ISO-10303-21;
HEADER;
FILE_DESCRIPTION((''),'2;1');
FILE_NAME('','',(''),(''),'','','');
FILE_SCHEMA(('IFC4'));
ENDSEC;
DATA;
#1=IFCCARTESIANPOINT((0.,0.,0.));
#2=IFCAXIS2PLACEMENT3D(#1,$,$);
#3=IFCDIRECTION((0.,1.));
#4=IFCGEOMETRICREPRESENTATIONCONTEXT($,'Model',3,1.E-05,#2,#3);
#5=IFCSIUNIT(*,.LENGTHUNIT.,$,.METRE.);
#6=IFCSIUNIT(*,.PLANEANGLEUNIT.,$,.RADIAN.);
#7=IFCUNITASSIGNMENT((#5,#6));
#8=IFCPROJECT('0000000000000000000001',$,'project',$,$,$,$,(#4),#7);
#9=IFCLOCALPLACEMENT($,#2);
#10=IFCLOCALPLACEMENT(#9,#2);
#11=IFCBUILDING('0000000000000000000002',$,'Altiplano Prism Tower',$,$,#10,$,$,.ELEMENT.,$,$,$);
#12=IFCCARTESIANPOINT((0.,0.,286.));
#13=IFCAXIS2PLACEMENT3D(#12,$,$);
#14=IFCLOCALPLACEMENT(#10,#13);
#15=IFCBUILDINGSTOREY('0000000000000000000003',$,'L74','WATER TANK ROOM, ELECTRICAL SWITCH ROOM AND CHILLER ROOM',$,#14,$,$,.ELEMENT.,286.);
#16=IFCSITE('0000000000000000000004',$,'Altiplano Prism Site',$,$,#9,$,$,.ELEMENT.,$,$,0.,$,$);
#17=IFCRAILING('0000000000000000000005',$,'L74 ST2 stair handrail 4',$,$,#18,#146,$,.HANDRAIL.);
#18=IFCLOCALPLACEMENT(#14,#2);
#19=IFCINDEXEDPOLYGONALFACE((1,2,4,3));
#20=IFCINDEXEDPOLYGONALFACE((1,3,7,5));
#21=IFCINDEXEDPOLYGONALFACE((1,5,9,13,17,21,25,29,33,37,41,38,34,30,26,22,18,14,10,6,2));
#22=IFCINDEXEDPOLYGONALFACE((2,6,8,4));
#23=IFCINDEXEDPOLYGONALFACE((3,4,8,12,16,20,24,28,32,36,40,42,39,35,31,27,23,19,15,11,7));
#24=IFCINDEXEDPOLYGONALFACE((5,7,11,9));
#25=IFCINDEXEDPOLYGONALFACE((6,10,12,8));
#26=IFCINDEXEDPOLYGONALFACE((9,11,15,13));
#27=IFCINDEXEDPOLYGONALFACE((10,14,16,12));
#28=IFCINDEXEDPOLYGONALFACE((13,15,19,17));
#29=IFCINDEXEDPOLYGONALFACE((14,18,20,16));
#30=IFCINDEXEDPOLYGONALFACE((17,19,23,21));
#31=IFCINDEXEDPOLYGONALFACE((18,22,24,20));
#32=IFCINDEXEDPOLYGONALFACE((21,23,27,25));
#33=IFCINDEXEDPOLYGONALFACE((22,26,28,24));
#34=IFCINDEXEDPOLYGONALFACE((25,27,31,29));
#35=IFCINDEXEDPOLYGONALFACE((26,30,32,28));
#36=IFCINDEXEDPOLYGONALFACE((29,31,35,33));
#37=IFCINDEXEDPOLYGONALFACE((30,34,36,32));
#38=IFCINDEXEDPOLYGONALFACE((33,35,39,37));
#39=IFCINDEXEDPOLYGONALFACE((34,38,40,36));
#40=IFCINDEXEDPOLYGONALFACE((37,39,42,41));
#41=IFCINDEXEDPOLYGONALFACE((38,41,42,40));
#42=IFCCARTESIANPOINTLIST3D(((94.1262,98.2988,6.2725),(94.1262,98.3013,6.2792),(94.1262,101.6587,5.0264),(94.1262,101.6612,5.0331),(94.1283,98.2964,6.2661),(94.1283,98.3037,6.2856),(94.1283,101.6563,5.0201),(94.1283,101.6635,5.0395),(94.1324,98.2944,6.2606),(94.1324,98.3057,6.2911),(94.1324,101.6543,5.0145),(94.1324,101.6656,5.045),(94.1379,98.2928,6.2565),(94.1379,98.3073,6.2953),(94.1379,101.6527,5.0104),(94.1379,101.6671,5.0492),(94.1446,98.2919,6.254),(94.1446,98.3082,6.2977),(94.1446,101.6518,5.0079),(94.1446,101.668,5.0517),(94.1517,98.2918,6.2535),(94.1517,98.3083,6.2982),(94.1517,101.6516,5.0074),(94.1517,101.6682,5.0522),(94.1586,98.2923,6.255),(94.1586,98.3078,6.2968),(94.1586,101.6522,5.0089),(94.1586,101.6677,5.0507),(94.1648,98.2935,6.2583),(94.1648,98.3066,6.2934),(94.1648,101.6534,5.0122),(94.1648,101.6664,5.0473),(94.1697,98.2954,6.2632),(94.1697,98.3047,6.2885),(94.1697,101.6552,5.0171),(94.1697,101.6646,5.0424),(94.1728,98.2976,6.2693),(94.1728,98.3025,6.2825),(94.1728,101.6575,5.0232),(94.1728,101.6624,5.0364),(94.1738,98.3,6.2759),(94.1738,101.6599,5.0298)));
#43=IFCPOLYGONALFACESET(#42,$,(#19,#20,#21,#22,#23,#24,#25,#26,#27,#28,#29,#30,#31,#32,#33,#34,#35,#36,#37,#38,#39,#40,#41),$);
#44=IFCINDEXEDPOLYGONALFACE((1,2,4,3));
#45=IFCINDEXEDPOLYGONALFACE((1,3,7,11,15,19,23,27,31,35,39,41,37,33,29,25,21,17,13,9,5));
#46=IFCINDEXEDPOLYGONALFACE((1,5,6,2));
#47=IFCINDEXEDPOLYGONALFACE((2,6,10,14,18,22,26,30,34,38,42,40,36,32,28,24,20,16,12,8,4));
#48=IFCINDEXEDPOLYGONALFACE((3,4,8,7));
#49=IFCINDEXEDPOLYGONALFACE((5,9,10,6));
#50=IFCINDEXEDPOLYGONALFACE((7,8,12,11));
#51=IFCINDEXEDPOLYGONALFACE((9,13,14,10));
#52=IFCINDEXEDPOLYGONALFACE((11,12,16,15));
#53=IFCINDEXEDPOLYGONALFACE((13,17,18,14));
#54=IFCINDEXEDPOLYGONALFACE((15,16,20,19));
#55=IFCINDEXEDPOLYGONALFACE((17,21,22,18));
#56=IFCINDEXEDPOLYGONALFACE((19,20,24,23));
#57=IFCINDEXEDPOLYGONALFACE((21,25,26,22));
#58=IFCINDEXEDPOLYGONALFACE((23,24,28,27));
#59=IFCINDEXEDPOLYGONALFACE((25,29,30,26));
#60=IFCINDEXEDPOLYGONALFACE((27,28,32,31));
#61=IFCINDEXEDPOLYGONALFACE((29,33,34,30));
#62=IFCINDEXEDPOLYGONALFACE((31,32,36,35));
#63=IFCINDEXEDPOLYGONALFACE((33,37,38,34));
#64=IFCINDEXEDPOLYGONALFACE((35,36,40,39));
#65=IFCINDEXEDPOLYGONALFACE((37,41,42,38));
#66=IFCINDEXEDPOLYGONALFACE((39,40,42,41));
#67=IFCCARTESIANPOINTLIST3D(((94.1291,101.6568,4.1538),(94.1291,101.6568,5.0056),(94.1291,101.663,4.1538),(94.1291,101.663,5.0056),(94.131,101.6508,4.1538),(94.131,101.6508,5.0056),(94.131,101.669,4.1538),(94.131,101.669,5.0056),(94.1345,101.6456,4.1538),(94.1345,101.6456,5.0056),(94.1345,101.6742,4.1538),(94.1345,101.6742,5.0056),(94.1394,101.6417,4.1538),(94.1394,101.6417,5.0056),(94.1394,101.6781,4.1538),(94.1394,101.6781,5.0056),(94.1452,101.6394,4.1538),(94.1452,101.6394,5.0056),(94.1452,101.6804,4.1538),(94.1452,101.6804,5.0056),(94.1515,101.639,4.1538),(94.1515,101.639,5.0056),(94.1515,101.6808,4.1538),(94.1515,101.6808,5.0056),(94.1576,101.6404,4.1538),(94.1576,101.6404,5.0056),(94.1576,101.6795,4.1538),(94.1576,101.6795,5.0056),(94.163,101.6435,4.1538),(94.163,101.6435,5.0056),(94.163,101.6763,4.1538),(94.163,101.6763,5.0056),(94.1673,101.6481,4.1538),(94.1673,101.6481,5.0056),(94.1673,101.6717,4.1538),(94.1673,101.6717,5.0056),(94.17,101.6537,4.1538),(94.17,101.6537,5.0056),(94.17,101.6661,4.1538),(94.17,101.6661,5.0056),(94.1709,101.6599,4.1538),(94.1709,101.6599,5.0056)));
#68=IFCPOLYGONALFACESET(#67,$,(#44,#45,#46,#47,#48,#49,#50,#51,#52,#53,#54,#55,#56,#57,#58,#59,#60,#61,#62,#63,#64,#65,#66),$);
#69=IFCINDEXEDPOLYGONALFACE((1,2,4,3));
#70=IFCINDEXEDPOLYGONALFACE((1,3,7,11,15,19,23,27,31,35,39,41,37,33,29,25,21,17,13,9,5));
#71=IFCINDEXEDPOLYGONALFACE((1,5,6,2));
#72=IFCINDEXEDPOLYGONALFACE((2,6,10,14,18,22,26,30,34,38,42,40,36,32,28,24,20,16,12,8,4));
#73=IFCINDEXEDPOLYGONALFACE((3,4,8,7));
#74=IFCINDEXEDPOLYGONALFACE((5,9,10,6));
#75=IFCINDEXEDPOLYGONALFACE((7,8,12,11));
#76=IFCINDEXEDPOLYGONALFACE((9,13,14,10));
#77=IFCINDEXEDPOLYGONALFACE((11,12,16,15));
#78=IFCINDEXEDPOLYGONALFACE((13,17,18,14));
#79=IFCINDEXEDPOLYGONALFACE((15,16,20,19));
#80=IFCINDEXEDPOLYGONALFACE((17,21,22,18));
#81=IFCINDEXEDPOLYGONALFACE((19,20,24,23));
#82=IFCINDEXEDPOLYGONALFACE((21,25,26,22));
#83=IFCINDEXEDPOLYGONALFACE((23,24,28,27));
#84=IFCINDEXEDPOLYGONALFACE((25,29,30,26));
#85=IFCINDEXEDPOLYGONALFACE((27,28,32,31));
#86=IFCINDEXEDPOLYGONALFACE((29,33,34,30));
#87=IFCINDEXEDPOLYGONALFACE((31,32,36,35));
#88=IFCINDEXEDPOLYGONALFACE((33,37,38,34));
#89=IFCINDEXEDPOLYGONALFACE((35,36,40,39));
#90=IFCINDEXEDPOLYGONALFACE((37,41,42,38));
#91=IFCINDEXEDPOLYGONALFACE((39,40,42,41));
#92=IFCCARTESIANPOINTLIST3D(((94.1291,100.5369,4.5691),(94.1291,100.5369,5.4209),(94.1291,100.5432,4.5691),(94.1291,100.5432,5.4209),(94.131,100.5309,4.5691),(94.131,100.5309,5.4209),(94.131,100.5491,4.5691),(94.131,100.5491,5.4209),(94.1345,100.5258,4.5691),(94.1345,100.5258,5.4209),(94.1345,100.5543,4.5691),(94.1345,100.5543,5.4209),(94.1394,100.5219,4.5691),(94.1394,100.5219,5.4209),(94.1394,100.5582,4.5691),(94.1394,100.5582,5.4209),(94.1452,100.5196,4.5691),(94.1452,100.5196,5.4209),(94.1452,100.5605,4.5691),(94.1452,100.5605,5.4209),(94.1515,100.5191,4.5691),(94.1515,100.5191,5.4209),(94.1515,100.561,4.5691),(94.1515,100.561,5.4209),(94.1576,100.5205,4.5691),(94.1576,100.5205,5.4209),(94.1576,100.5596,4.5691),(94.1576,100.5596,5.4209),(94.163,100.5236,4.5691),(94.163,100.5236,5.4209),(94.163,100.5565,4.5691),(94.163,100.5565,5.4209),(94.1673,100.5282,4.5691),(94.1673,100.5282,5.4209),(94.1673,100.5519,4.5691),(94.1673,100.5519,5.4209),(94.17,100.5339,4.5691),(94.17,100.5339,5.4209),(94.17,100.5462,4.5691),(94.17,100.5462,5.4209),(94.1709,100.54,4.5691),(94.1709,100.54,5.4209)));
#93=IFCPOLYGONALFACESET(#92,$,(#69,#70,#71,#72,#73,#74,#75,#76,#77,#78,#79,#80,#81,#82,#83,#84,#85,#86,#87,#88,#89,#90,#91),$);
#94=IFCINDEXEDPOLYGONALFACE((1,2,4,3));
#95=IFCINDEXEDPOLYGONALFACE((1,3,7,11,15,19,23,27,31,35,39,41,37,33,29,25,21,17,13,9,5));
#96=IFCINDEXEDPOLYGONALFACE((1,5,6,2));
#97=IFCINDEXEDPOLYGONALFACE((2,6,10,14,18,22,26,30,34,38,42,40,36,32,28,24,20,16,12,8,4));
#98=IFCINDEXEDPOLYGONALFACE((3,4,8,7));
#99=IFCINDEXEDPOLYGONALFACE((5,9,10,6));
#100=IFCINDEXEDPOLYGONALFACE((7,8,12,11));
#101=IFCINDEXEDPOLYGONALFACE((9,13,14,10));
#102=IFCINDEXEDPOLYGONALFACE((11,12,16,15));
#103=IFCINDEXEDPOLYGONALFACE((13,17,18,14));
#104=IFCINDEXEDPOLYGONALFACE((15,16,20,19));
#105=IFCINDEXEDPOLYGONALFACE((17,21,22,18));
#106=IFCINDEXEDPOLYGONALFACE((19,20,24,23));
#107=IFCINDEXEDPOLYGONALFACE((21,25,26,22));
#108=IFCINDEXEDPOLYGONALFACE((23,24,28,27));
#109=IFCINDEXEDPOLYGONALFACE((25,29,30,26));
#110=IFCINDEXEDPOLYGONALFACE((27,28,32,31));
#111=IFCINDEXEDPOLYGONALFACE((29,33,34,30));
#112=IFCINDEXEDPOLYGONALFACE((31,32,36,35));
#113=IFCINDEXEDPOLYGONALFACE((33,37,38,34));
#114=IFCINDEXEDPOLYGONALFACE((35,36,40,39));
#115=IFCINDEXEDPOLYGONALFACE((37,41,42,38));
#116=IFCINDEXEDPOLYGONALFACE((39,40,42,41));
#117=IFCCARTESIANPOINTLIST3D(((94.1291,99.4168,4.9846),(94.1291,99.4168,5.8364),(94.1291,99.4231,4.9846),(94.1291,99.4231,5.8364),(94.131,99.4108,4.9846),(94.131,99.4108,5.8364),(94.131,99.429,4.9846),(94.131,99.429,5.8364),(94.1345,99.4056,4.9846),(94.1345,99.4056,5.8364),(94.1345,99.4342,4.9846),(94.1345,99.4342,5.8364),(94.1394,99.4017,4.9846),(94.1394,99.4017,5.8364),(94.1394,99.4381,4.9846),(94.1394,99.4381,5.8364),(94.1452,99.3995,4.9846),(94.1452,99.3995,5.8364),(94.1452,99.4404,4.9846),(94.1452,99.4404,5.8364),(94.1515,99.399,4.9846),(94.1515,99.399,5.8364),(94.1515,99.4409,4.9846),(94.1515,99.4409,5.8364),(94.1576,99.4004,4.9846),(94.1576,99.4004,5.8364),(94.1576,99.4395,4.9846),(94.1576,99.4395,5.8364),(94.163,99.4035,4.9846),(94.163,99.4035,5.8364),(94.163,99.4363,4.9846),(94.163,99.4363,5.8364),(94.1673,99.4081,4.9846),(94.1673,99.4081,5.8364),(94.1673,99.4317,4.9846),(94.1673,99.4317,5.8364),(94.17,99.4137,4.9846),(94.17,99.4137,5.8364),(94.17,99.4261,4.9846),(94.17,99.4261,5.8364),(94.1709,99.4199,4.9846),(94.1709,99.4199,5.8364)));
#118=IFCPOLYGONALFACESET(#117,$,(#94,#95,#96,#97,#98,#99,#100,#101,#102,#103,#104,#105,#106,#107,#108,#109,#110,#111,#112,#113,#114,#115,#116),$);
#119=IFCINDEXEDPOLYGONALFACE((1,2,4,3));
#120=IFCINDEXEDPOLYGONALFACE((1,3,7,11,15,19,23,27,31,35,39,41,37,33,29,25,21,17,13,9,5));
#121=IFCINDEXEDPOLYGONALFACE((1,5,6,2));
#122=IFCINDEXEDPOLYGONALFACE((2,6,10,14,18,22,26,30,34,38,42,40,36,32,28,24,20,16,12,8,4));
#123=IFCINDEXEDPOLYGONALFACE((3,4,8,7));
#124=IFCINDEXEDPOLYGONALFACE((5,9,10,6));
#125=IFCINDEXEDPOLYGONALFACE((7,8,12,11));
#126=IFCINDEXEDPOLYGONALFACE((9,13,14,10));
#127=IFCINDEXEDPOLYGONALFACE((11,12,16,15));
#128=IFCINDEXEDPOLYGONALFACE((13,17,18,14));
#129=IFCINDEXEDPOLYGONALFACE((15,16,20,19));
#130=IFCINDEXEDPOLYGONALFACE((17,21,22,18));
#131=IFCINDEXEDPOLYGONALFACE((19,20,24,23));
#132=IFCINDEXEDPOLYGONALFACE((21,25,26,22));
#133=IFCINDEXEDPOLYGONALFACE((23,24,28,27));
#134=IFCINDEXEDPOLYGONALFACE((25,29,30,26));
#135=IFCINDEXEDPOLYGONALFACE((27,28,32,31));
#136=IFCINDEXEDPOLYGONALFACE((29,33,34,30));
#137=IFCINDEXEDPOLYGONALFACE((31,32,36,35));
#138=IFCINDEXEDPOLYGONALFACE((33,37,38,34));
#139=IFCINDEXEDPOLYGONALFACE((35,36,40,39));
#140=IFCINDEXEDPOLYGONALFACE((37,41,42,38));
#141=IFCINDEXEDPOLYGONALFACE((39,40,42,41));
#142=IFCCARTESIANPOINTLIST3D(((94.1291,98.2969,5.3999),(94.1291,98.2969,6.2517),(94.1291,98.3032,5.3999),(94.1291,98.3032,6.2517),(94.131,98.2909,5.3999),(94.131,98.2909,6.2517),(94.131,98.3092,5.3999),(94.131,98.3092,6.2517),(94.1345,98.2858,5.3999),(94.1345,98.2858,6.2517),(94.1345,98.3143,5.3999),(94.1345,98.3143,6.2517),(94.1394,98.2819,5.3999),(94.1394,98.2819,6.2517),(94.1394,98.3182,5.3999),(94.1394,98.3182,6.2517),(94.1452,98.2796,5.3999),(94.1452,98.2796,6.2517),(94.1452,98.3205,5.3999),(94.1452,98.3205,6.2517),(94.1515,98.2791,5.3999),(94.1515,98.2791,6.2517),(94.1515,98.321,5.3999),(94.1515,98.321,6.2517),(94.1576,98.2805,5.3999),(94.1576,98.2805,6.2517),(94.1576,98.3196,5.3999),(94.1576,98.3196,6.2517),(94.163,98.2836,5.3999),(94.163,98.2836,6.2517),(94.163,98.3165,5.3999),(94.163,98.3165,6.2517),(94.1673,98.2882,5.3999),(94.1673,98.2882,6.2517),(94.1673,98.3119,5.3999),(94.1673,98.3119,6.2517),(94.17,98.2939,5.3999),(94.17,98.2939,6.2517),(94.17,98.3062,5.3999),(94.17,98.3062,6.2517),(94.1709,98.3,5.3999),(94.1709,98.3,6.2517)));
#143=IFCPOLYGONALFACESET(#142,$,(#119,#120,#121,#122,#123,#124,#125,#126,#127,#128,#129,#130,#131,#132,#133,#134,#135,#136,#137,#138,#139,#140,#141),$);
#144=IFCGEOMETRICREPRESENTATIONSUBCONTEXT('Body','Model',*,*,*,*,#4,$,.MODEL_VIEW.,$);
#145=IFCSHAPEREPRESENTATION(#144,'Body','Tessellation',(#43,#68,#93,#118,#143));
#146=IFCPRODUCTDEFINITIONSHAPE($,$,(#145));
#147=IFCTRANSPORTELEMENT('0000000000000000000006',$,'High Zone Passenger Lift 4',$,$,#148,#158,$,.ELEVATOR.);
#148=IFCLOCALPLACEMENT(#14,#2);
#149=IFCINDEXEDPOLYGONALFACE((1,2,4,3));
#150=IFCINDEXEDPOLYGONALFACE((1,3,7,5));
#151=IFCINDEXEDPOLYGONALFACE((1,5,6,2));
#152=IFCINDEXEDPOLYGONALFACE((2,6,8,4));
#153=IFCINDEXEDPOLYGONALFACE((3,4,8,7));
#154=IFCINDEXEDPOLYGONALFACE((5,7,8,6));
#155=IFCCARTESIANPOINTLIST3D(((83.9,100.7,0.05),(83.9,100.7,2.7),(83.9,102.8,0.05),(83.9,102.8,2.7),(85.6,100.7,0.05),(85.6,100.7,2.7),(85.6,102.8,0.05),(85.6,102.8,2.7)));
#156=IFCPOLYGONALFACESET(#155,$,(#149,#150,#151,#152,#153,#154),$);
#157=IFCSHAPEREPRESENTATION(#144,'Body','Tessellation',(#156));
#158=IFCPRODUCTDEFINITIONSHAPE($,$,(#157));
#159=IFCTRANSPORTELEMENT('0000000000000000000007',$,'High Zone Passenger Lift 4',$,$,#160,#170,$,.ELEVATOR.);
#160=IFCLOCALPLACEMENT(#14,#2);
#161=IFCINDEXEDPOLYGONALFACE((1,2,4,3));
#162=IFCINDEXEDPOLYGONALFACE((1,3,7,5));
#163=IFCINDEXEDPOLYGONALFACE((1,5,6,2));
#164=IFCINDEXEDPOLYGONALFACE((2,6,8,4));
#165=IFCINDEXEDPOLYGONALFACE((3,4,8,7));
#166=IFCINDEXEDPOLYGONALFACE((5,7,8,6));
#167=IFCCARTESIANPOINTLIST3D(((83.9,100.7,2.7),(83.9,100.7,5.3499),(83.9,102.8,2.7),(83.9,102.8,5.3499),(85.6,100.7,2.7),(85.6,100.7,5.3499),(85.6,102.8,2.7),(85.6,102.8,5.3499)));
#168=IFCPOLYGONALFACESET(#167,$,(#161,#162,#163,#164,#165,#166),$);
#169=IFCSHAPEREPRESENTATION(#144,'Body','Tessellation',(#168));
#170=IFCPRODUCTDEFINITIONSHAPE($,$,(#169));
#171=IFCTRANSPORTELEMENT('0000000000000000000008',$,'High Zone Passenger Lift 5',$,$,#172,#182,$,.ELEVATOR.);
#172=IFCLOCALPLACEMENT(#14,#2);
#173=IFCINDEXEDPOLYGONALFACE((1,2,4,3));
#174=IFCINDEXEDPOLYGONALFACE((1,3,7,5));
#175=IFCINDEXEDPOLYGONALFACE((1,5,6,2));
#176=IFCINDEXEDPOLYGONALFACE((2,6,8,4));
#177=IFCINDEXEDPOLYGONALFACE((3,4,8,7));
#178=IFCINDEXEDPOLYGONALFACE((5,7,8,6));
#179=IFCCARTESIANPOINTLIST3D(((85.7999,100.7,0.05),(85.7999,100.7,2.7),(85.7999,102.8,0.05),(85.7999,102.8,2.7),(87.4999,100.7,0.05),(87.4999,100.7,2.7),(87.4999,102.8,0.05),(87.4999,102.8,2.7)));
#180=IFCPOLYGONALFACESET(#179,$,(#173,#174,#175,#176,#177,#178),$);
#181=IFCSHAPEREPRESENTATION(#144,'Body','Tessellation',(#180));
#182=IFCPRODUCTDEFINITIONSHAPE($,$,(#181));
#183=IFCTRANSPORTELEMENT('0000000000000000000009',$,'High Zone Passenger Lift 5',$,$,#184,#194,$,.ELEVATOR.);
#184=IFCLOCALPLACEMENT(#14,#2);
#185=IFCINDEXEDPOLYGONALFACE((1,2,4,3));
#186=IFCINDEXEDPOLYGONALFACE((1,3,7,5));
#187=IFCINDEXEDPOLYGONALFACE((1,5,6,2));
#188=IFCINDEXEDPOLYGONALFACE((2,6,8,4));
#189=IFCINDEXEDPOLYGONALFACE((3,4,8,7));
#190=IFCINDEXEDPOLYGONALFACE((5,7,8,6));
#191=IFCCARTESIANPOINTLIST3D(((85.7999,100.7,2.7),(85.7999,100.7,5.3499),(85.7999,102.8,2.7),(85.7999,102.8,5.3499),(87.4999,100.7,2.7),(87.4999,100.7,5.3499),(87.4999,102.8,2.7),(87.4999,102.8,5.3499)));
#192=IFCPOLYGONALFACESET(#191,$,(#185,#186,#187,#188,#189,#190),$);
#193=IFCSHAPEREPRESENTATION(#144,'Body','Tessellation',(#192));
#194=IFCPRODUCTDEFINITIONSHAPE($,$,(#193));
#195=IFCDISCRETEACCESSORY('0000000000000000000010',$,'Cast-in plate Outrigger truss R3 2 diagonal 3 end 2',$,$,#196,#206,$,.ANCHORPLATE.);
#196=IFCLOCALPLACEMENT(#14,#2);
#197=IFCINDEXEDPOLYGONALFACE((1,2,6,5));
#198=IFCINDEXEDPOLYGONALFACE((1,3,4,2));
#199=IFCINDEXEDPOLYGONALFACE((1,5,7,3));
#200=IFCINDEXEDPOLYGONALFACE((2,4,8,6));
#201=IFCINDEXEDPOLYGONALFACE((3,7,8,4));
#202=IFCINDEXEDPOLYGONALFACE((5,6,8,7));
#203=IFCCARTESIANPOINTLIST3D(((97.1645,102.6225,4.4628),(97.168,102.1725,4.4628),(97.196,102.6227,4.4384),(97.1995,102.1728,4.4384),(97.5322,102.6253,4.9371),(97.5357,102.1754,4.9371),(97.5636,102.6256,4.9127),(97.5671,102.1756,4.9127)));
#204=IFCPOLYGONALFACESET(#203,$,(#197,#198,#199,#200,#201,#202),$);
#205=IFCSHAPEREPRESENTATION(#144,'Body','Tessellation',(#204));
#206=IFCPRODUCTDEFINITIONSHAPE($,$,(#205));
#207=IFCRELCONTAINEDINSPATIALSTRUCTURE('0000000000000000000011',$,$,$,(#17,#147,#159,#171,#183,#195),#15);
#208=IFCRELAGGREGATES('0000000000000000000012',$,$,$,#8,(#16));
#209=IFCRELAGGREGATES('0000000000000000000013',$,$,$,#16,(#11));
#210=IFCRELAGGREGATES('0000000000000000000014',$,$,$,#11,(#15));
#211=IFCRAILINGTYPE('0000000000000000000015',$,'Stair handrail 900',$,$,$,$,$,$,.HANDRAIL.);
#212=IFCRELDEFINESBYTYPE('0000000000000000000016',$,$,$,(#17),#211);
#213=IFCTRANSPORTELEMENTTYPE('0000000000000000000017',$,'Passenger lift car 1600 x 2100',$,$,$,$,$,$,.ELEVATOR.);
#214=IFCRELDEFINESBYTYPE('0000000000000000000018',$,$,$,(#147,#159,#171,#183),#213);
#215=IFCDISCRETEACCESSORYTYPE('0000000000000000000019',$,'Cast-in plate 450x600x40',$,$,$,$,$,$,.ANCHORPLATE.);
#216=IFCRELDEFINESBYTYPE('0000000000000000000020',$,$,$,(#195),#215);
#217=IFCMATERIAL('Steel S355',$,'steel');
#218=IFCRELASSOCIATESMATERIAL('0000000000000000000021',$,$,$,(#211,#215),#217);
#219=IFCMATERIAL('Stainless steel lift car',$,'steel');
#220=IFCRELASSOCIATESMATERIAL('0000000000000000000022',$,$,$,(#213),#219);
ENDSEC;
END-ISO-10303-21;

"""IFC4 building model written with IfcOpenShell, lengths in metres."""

from ifc_helpers import new_model, si_unit, direction, frame, origin, origin_2d, place, context, subcontext, project, spatial, rectangle, circle, extrude, material, material_profile, profile_set, type_object, element, save


model = new_model("IFC4")

# Units and contexts
model_context = context("Model", 3, precision=1e-05, world=origin(), true_north=direction((0.0, 1.0)))
body_context = subcontext(model_context, "Body", "Model", "MODEL_VIEW")
ifc_project = project(units=[si_unit("LENGTHUNIT", "METRE"), si_unit("PLANEANGLEUNIT", "RADIAN")], contexts=[model_context])

# Site, building, storey
site_placement = place(None, origin())
site = spatial("IfcSite", under=ifc_project, at=site_placement, Name="Altiplano Prism Site", CompositionType="ELEMENT", RefElevation=0.0)
building_placement = place(site_placement, origin())
building = spatial("IfcBuilding", under=site, at=building_placement, Name="Altiplano Prism Tower", CompositionType="ELEMENT")
storey_placement = place(building_placement, frame((0.0, 0.0, 286.0)))
storey = spatial("IfcBuildingStorey", under=building, at=storey_placement, Name="L74", Description="WATER TANK ROOM, ELECTRICAL SWITCH ROOM AND CHILLER ROOM", CompositionType="ELEMENT", Elevation=286.0)

# Shared definitions
ifc_material_1 = material(Name="Steel S355", Category="steel")

# Railing
railing_type = type_object("IfcRailingType", Name="Stair handrail 900", PredefinedType="HANDRAIL", material=ifc_material_1)
railing_1_placement = place(storey_placement, frame((94.1499, 101.6599, 4.1538)))
element("IfcRailing", 1, at=railing_1_placement, inside=storey, type_object=railing_type, Name="L74 ST2 stair handrail 4", PredefinedType="HANDRAIL", context=body_context, shape_type="SweptSolid", body=[
    extrude(circle(Radius=0.0239, at=origin_2d()), frame((0.0, 0.0, 0.876), z_axis=(0.0, -0.937594, 0.347731), x_axis=(1.0, 0.0, 0.0)), (0.0, 0.0, 1.0), 3.5835),
    extrude(circle(Radius=0.021, at=origin_2d()), origin(), (0.0, 0.0, 1.0), 0.8518),
    extrude(circle(Radius=0.021, at=origin_2d()), frame((0.0, -1.1199, 0.4153)), (0.0, 0.0, 1.0), 0.8518),
    extrude(circle(Radius=0.021, at=origin_2d()), frame((0.0, -2.24, 0.8308)), (0.0, 0.0, 1.0), 0.8518),
    extrude(circle(Radius=0.021, at=origin_2d()), frame((0.0, -3.3599, 1.2461)), (0.0, 0.0, 1.0), 0.8518),
])

# Transport elements
ifc_material_2 = material(Name="Stainless steel lift car", Category="steel")
transport_element_type = type_object("IfcTransportElementType", Name="Passenger lift car 1600 x 2100", PredefinedType="ELEVATOR", material=ifc_material_2)
for number, where, z_axis, x_axis, name in (
    (2, (84.75, 101.75, 0.05), (0.0, 0.0, 1.0), (1.0, 0.0, 0.0), "High Zone Passenger Lift 4"),
    (3, (84.75, 101.75, 2.7), (0.0, 0.0, 1.0), (1.0, 0.0, 0.0), "High Zone Passenger Lift 4"),
    (4, (86.6499, 101.75, 0.05), (0.0, 0.0, 1.0), (1.0, 0.0, 0.0), "High Zone Passenger Lift 5"),
    (5, (86.6499, 101.75, 2.7), (0.0, 0.0, 1.0), (1.0, 0.0, 0.0), "High Zone Passenger Lift 5"),
):
    element("IfcTransportElement", number, at=place(storey_placement, frame(where, z_axis=z_axis, x_axis=x_axis)), inside=storey, type_object=transport_element_type, Name=name, PredefinedType="ELEVATOR", context=body_context, shape_type="SweptSolid", body=[
        extrude(rectangle(XDim=1.7, YDim=2.1001, at=origin_2d()), origin(), (0.0, 0.0, 1.0), 2.6499),
    ])

# Discrete accessory
ifc_material_profile_1 = material_profile(ifc_material_1, rectangle(XDim=0.45, YDim=0.6001, at=origin_2d()), Name="Cast-in plate 450x600x40")
ifc_profile_set_1 = profile_set([ifc_material_profile_1], Name="Steel S355")
discrete_accessory_type_1 = type_object("IfcDiscreteAccessoryType", Name="Cast-in plate 450x600x40", PredefinedType="ANCHORPLATE", material=ifc_profile_set_1)
discrete_accessory_placement = place(storey_placement, frame((97.3501, 102.3989, 4.7), z_axis=(0.790326, 0.006127, -0.612656), x_axis=(-0.007752, 0.99997, 0.0)))
element("IfcDiscreteAccessory", 6, at=discrete_accessory_placement, inside=storey, type_object=discrete_accessory_type_1, Name="Cast-in plate Outrigger truss R3 2 diagonal 3 end 2", PredefinedType="ANCHORPLATE", context=body_context, shape_type="SweptSolid", body=[
    extrude(rectangle(XDim=0.45, YDim=0.6001, at=origin_2d()), origin(), (0.0, 0.0, 1.0), 0.0398),
])

save(model, "model.ifc")
